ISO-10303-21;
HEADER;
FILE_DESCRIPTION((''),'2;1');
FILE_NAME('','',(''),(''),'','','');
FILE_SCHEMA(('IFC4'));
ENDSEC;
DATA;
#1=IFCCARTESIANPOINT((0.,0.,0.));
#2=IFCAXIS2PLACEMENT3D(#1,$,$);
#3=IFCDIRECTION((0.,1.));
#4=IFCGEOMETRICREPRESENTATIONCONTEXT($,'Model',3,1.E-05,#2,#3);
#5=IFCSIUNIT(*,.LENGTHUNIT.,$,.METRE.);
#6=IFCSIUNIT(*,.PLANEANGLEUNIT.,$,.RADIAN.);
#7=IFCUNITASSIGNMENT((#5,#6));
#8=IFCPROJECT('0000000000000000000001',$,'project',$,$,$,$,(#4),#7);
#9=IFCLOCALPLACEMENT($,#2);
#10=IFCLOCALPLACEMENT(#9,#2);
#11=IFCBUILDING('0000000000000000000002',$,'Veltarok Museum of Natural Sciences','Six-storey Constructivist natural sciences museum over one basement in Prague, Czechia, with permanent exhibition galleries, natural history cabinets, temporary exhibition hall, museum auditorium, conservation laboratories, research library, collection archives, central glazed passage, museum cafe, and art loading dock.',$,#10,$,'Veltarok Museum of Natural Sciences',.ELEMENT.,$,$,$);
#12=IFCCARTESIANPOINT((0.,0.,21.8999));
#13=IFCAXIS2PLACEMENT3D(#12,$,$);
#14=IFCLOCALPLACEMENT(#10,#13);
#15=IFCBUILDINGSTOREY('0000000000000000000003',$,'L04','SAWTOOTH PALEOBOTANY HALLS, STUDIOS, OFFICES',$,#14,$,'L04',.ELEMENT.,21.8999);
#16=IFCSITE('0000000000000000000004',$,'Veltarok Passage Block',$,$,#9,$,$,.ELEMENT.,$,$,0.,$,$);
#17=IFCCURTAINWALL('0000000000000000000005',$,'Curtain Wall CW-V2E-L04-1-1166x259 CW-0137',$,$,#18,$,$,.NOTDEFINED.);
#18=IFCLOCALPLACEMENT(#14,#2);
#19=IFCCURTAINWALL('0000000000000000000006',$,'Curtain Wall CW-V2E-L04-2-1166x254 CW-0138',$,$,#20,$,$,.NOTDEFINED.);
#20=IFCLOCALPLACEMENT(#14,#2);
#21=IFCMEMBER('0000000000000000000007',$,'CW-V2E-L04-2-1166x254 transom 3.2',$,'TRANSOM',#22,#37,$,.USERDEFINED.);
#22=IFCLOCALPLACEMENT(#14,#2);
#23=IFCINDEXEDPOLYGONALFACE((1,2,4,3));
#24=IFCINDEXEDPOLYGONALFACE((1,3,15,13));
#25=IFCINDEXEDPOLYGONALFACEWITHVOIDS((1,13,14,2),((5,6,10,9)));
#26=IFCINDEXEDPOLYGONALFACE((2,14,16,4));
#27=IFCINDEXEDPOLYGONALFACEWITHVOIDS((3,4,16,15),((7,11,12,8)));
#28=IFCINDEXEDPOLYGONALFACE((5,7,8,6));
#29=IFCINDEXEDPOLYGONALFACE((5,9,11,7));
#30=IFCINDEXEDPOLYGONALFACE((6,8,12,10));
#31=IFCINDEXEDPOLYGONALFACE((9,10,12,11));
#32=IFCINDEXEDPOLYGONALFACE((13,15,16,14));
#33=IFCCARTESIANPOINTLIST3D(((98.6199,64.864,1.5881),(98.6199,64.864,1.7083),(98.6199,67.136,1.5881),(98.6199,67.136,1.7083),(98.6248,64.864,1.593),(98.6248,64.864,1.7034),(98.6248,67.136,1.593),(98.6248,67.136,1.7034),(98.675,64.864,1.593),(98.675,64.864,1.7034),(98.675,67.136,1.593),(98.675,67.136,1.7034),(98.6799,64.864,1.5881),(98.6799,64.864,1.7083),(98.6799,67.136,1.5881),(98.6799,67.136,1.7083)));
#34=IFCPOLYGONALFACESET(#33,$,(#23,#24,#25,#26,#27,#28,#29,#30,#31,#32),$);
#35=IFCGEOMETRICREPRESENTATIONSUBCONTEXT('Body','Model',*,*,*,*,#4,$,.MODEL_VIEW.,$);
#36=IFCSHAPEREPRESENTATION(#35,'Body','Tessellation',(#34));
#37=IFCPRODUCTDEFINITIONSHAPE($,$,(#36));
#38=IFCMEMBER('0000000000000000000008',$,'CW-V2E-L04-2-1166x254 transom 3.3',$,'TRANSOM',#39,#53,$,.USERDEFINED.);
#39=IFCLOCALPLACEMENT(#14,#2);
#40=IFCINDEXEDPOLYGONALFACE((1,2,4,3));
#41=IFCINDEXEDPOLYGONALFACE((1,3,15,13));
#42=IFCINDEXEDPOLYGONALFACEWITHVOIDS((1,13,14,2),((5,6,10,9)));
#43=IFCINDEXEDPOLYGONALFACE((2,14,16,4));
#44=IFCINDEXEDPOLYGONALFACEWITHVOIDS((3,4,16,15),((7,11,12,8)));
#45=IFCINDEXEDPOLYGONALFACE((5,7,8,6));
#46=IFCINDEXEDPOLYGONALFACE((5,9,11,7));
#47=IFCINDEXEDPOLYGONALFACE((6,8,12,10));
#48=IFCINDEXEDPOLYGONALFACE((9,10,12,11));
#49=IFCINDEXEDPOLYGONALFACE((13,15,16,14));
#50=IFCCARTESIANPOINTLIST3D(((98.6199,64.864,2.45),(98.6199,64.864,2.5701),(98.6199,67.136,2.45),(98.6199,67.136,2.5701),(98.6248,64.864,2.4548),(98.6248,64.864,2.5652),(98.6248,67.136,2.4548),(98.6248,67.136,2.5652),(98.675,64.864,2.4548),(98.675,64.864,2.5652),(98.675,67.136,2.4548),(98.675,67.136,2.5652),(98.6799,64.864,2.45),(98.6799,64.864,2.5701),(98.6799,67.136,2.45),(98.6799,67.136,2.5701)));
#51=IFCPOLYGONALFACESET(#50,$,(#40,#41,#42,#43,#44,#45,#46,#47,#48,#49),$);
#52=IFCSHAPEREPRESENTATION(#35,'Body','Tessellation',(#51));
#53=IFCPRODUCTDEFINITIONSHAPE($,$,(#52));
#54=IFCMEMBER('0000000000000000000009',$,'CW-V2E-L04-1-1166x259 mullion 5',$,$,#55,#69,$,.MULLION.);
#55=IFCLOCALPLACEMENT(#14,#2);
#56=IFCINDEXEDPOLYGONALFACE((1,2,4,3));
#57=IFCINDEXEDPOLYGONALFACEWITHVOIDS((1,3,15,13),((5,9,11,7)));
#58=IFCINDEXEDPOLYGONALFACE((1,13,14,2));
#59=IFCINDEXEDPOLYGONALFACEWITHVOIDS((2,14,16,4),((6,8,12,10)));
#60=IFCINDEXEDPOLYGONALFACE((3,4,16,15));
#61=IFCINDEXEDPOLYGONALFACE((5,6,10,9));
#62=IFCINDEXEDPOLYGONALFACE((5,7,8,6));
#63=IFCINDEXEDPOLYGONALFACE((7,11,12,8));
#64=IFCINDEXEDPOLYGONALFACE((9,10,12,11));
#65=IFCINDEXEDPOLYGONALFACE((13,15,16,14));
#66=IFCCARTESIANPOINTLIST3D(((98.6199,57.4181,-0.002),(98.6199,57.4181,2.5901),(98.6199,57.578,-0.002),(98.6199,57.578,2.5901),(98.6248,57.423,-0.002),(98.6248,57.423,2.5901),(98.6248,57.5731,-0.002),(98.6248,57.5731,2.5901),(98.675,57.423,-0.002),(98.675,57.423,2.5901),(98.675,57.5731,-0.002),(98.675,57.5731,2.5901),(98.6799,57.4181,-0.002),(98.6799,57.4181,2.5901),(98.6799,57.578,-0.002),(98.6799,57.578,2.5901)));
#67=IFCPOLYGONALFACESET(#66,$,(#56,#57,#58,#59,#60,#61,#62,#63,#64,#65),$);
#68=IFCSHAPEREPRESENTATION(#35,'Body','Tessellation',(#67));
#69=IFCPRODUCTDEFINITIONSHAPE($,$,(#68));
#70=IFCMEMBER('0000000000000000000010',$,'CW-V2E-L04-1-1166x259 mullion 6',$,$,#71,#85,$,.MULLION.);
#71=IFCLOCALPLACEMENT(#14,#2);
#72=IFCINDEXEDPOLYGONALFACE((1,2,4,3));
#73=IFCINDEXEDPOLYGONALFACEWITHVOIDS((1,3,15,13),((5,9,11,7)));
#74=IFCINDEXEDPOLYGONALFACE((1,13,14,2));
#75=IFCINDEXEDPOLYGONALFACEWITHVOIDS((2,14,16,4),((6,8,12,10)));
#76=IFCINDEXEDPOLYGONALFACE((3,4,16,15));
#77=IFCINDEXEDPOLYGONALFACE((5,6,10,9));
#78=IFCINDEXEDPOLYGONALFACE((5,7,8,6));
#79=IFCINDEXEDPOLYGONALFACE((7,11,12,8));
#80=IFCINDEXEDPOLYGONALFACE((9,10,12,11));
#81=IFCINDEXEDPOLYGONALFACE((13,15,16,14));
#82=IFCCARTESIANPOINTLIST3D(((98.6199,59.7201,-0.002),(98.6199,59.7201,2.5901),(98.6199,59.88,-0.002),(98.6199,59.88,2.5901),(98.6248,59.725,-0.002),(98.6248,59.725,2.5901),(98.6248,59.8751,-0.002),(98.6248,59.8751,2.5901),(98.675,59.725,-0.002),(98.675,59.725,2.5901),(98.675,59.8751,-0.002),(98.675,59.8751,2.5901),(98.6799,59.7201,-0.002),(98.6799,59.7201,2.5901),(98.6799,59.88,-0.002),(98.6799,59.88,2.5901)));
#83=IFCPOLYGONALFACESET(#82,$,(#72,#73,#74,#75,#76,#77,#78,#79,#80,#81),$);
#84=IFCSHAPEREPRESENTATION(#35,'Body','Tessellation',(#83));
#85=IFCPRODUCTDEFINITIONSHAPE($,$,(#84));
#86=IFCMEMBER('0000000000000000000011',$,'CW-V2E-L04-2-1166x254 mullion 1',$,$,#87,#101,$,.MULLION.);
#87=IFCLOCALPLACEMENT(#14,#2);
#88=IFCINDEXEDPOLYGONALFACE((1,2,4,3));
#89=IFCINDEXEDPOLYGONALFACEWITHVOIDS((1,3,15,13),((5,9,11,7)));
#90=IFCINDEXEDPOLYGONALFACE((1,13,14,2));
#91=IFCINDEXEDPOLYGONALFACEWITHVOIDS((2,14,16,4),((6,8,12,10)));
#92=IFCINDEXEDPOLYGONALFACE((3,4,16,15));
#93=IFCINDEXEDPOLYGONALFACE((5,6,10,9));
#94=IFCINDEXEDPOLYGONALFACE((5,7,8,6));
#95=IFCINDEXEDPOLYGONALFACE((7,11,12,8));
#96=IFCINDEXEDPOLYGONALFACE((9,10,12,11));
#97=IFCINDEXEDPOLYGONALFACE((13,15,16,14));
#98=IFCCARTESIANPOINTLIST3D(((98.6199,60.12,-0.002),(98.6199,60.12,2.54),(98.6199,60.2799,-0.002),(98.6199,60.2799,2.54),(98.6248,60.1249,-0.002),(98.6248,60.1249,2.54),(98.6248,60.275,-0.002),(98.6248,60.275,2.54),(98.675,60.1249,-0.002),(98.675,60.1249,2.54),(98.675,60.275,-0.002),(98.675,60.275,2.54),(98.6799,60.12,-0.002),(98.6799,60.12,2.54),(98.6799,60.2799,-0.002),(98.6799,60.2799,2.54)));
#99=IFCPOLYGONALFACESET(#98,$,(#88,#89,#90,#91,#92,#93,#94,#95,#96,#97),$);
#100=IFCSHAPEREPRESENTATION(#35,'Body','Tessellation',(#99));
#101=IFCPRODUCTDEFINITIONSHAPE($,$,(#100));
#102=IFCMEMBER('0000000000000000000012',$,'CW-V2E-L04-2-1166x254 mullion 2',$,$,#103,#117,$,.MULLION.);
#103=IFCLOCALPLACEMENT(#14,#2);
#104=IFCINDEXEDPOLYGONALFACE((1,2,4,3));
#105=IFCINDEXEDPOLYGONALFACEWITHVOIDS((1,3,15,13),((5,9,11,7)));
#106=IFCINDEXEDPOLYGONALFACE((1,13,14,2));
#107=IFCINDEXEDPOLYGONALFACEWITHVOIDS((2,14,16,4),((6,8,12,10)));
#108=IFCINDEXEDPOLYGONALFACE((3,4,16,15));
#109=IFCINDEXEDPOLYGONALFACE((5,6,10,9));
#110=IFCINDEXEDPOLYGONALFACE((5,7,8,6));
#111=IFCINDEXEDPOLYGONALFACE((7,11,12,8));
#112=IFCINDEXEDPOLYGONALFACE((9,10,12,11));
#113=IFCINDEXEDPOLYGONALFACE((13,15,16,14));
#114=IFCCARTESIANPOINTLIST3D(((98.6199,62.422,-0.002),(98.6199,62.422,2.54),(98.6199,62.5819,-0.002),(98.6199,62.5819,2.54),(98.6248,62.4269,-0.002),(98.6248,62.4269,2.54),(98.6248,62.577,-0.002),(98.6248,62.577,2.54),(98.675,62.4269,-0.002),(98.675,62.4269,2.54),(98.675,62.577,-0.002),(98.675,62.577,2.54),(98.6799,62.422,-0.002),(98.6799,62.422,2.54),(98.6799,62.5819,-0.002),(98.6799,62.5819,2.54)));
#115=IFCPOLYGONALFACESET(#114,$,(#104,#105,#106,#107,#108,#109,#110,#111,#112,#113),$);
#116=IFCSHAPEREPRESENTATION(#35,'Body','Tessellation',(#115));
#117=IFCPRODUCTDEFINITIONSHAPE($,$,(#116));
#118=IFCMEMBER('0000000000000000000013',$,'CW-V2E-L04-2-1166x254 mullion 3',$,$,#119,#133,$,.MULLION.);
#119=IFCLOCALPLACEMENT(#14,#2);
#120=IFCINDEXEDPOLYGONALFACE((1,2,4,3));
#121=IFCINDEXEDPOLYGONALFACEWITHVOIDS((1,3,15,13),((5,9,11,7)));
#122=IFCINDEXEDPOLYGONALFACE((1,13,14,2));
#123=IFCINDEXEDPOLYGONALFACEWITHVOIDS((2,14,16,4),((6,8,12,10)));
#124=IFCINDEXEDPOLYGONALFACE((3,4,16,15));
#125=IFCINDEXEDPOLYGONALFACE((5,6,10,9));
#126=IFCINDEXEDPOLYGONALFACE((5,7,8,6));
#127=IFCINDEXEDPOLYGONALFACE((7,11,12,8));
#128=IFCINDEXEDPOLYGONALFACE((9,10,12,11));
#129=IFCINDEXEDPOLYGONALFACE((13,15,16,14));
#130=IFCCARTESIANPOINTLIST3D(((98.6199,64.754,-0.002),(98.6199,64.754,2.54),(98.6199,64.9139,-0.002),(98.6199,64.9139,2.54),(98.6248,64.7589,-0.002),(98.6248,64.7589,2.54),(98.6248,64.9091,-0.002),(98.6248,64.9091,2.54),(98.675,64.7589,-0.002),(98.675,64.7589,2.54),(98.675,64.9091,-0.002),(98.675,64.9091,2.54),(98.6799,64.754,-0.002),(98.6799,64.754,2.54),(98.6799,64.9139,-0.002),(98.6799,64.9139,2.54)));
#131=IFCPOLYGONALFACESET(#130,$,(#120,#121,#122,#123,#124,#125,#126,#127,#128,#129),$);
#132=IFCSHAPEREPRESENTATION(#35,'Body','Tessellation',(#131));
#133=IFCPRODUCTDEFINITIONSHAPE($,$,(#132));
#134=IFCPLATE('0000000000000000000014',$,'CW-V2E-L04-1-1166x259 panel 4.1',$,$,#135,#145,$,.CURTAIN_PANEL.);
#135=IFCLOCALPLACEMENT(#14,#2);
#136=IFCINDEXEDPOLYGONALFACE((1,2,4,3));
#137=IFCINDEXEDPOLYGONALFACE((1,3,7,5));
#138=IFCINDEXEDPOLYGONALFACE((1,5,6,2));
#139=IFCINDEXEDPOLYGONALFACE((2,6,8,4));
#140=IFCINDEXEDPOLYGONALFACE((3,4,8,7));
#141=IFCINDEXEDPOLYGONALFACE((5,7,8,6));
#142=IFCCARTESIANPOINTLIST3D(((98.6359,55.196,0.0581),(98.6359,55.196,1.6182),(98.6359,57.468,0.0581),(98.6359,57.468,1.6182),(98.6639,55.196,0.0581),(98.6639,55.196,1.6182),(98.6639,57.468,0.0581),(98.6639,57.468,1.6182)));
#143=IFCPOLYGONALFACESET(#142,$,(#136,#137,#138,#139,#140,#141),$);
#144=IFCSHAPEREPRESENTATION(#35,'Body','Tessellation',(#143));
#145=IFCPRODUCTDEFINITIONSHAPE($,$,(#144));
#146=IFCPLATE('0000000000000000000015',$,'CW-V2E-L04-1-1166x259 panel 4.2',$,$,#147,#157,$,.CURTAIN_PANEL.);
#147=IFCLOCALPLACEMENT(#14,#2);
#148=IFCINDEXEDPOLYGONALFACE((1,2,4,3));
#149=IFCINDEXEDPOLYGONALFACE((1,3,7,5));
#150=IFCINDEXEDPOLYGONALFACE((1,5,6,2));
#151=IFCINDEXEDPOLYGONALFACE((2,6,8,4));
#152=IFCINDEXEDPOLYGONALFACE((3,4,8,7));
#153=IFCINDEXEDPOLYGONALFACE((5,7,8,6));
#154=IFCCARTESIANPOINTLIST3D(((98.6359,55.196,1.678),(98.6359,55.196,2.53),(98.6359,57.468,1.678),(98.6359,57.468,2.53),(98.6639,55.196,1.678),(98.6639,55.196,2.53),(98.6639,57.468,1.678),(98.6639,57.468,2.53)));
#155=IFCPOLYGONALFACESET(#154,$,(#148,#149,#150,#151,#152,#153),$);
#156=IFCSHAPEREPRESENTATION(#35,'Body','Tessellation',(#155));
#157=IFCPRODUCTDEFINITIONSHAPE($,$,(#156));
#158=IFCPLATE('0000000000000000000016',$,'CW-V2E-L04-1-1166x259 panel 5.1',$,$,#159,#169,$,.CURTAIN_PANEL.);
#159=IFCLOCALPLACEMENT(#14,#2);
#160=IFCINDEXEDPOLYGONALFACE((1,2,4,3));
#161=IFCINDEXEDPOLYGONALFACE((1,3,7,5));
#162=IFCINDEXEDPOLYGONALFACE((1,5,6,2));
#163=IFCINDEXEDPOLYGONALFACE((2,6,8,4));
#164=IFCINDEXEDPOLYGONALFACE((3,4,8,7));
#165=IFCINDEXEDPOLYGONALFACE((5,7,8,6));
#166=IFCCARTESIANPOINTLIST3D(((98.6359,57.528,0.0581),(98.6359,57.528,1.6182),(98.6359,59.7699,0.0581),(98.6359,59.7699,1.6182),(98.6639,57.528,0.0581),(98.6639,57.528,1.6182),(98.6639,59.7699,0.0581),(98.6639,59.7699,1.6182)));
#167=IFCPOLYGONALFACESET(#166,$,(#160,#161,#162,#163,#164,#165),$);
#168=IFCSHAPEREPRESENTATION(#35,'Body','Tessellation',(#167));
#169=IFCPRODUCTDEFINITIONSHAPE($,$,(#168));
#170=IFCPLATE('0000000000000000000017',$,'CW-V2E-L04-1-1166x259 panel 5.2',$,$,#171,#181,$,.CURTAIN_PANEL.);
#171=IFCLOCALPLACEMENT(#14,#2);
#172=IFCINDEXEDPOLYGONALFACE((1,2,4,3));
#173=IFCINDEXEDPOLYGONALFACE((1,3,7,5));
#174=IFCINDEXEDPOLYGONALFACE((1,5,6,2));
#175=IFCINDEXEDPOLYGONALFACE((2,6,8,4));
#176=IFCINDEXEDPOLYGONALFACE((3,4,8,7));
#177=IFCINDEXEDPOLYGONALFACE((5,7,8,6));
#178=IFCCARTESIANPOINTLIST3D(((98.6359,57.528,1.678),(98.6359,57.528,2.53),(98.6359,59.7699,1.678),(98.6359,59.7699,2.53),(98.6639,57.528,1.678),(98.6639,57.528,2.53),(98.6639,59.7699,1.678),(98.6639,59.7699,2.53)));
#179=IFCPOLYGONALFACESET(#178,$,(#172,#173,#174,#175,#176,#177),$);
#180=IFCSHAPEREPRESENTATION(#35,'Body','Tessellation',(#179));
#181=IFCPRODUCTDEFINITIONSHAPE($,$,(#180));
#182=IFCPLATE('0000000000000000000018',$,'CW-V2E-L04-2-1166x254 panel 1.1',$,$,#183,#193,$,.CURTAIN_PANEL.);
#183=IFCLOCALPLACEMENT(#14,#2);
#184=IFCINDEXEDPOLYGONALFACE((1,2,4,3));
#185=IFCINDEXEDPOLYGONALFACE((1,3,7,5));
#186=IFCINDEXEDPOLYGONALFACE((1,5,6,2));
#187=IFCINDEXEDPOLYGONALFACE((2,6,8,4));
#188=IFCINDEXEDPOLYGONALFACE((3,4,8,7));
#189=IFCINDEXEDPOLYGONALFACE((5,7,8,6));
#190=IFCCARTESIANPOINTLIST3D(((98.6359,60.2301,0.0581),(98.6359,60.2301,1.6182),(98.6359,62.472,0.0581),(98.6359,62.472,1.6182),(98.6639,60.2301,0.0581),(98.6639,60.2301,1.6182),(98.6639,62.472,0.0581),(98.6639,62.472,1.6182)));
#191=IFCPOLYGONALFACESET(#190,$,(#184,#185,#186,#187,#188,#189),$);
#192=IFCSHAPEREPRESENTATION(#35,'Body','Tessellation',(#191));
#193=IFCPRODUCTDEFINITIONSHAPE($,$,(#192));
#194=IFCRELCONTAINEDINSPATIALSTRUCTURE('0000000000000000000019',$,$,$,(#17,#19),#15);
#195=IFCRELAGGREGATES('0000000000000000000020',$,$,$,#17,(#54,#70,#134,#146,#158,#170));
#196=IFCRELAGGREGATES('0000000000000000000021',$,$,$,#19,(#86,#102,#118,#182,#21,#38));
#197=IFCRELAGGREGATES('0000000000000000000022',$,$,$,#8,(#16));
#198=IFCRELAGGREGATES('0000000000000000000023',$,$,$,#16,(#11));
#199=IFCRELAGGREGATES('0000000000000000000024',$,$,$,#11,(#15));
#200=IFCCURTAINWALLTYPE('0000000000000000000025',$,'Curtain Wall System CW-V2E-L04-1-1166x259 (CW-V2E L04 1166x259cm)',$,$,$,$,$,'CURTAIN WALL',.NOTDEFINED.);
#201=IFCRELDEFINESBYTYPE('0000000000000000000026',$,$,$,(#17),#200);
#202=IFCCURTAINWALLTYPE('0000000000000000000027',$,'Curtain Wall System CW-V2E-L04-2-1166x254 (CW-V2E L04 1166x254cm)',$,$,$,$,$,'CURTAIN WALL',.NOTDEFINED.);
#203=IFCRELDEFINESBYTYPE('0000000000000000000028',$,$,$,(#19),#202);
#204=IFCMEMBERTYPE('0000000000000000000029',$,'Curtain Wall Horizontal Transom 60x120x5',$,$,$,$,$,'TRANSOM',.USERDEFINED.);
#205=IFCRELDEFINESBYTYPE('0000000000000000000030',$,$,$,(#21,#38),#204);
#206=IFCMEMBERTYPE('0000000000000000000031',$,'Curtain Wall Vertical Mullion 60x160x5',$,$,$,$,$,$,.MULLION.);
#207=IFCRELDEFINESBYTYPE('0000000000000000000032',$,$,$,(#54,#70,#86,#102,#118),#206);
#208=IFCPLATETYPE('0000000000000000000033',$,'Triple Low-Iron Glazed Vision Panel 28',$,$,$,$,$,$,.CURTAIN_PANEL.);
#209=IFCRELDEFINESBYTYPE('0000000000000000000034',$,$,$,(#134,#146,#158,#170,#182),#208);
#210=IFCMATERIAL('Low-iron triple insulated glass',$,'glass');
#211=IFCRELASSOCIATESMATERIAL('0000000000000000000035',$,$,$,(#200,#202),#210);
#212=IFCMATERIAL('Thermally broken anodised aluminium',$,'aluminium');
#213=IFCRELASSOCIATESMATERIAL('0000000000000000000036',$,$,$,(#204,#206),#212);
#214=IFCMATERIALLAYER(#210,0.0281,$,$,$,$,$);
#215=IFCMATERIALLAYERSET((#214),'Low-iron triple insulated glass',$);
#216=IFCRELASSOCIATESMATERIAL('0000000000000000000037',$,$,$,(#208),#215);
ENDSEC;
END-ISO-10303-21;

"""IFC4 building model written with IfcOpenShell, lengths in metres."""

from ifc_helpers import new_model, si_unit, direction, frame, origin, origin_2d, place, context, subcontext, project, spatial, rectangle, hollow_rectangle, extrude, material, layer, layer_set, material_profile, profile_set, type_object, element, aggregate, save


model = new_model("IFC4")

# Units and contexts
model_context = context("Model", 3, precision=1e-05, world=origin(), true_north=direction((0.0, 1.0)))
body_context = subcontext(model_context, "Body", "Model", "MODEL_VIEW")
ifc_project = project(units=[si_unit("LENGTHUNIT", "METRE"), si_unit("PLANEANGLEUNIT", "RADIAN")], contexts=[model_context])

# Site, building, storey
site_placement = place(None, origin())
site = spatial("IfcSite", under=ifc_project, at=site_placement, Name="Veltarok Passage Block", CompositionType="ELEMENT", RefElevation=0.0)
building_placement = place(site_placement, origin())
building = spatial("IfcBuilding", under=site, at=building_placement, Name="Veltarok Museum of Natural Sciences", Description="Six-storey Constructivist natural sciences museum over one basement in Prague, Czechia, with permanent exhibition galleries, natural history cabinets, temporary exhibition hall, museum auditorium, conservation laboratories, research library, collection archives, central glazed passage, museum cafe, and art loading dock.", LongName="Veltarok Museum of Natural Sciences", CompositionType="ELEMENT")
storey_placement = place(building_placement, frame((0.0, 0.0, 21.8999)))
storey = spatial("IfcBuildingStorey", under=building, at=storey_placement, Name="L04", Description="SAWTOOTH PALEOBOTANY HALLS, STUDIOS, OFFICES", LongName="L04", CompositionType="ELEMENT", Elevation=21.8999)

# Curtain walls, members
ifc_material_1 = material(Name="Low-iron triple insulated glass", Category="glass")
curtain_wall_type_1 = type_object("IfcCurtainWallType", Name="Curtain Wall System CW-V2E-L04-1-1166x259 (CW-V2E L04 1166x259cm)", ElementType="CURTAIN WALL", PredefinedType="NOTDEFINED", material=ifc_material_1)
curtain_wall_1_placement = place(storey_placement, origin())
curtain_wall_1 = element("IfcCurtainWall", 1, at=curtain_wall_1_placement, inside=storey, type_object=curtain_wall_type_1, Name="Curtain Wall CW-V2E-L04-1-1166x259 CW-0137", PredefinedType="NOTDEFINED")
ifc_material_2 = material(Name="Thermally broken anodised aluminium", Category="aluminium")
ifc_material_profile_1 = material_profile(ifc_material_2, hollow_rectangle(XDim=0.0601, YDim=0.1201, WallThickness=0.0049, at=origin_2d()), Name="CW TRANSOM 60x120x5")
ifc_profile_set_1 = profile_set([ifc_material_profile_1], Name="Thermally broken anodised aluminium")
member_type_1 = type_object("IfcMemberType", Name="Curtain Wall Horizontal Transom 60x120x5", ElementType="TRANSOM", PredefinedType="USERDEFINED", material=ifc_profile_set_1)
curtain_wall_type_2 = type_object("IfcCurtainWallType", Name="Curtain Wall System CW-V2E-L04-2-1166x254 (CW-V2E L04 1166x254cm)", ElementType="CURTAIN WALL", PredefinedType="NOTDEFINED", material=ifc_material_1)
curtain_wall_2_placement = place(storey_placement, origin())
curtain_wall_2 = element("IfcCurtainWall", 2, at=curtain_wall_2_placement, inside=storey, type_object=curtain_wall_type_2, Name="Curtain Wall CW-V2E-L04-2-1166x254 CW-0138", PredefinedType="NOTDEFINED")
member_1_placement = place(storey_placement, frame((98.6499, 64.864, 1.6482), z_axis=(0.0, 1.0, 0.0), x_axis=(-1.0, 0.0, 0.0)))
member_1 = element("IfcMember", 3, at=member_1_placement, type_object=member_type_1, Name="CW-V2E-L04-2-1166x254 transom 3.2", ObjectType="TRANSOM", PredefinedType="USERDEFINED", context=body_context, shape_type="SweptSolid", body=[
    extrude(hollow_rectangle(XDim=0.0601, YDim=0.1201, WallThickness=0.0049, at=origin_2d()), origin(), (0.0, 0.0, 1.0), 2.272),
])
member_2_placement = place(storey_placement, frame((98.6499, 64.864, 2.51), z_axis=(0.0, 1.0, 0.0), x_axis=(-1.0, 0.0, 0.0)))
member_2 = element("IfcMember", 4, at=member_2_placement, type_object=member_type_1, Name="CW-V2E-L04-2-1166x254 transom 3.3", ObjectType="TRANSOM", PredefinedType="USERDEFINED", context=body_context, shape_type="SweptSolid", body=[
    extrude(hollow_rectangle(XDim=0.0601, YDim=0.1201, WallThickness=0.0049, at=origin_2d()), origin(), (0.0, 0.0, 1.0), 2.272),
])

# Members
ifc_material_profile_2 = material_profile(ifc_material_2, hollow_rectangle(XDim=0.0601, YDim=0.1599, WallThickness=0.0049, at=origin_2d()), Name="CW MULLION 60x160x5")
ifc_profile_set_2 = profile_set([ifc_material_profile_2], Name="Thermally broken anodised aluminium")
member_type_2 = type_object("IfcMemberType", Name="Curtain Wall Vertical Mullion 60x160x5", PredefinedType="MULLION", material=ifc_profile_set_2)
member_3_placement = place(storey_placement, frame((98.6499, 57.498, -0.002), z_axis=(0.0, 0.0, 1.0), x_axis=(-1.0, 0.0, 0.0)))
member_3 = element("IfcMember", 5, at=member_3_placement, type_object=member_type_2, Name="CW-V2E-L04-1-1166x259 mullion 5", PredefinedType="MULLION", context=body_context, shape_type="SweptSolid", body=[
    extrude(hollow_rectangle(XDim=0.0601, YDim=0.1599, WallThickness=0.0049, at=origin_2d()), origin(), (0.0, 0.0, 1.0), 2.592),
])
member_4_placement = place(storey_placement, frame((98.6499, 59.8, -0.002), z_axis=(0.0, 0.0, 1.0), x_axis=(-1.0, 0.0, 0.0)))
member_4 = element("IfcMember", 6, at=member_4_placement, type_object=member_type_2, Name="CW-V2E-L04-1-1166x259 mullion 6", PredefinedType="MULLION", context=body_context, shape_type="SweptSolid", body=[
    extrude(hollow_rectangle(XDim=0.0601, YDim=0.1599, WallThickness=0.0049, at=origin_2d()), origin(), (0.0, 0.0, 1.0), 2.592),
])
member_5_placement = place(storey_placement, frame((98.6499, 60.2, -0.002), z_axis=(0.0, 0.0, 1.0), x_axis=(-1.0, 0.0, 0.0)))
member_5 = element("IfcMember", 7, at=member_5_placement, type_object=member_type_2, Name="CW-V2E-L04-2-1166x254 mullion 1", PredefinedType="MULLION", context=body_context, shape_type="SweptSolid", body=[
    extrude(hollow_rectangle(XDim=0.0601, YDim=0.1599, WallThickness=0.0049, at=origin_2d()), origin(), (0.0, 0.0, 1.0), 2.542),
])
member_6_placement = place(storey_placement, frame((98.6499, 62.502, -0.002), z_axis=(0.0, 0.0, 1.0), x_axis=(-1.0, 0.0, 0.0)))
member_6 = element("IfcMember", 8, at=member_6_placement, type_object=member_type_2, Name="CW-V2E-L04-2-1166x254 mullion 2", PredefinedType="MULLION", context=body_context, shape_type="SweptSolid", body=[
    extrude(hollow_rectangle(XDim=0.0601, YDim=0.1599, WallThickness=0.0049, at=origin_2d()), origin(), (0.0, 0.0, 1.0), 2.542),
])
member_7_placement = place(storey_placement, frame((98.6499, 64.834, -0.002), z_axis=(0.0, 0.0, 1.0), x_axis=(-1.0, 0.0, 0.0)))
member_7 = element("IfcMember", 9, at=member_7_placement, type_object=member_type_2, Name="CW-V2E-L04-2-1166x254 mullion 3", PredefinedType="MULLION", context=body_context, shape_type="SweptSolid", body=[
    extrude(hollow_rectangle(XDim=0.0601, YDim=0.1599, WallThickness=0.0049, at=origin_2d()), origin(), (0.0, 0.0, 1.0), 2.542),
])

# Plates
ifc_layer = layer(ifc_material_1, 0.0281)
ifc_layer_set = layer_set([ifc_layer], Name="Low-iron triple insulated glass")
plate_type = type_object("IfcPlateType", Name="Triple Low-Iron Glazed Vision Panel 28", PredefinedType="CURTAIN_PANEL", material=ifc_layer_set)
plate_1_placement = place(storey_placement, frame((98.6499, 56.332, 0.0581), z_axis=(0.0, 0.0, 1.0), x_axis=(0.0, 1.0, 0.0)))
plate_1 = element("IfcPlate", 10, at=plate_1_placement, type_object=plate_type, Name="CW-V2E-L04-1-1166x259 panel 4.1", PredefinedType="CURTAIN_PANEL", context=body_context, shape_type="SweptSolid", body=[
    extrude(rectangle(XDim=2.272, YDim=0.0281, at=origin_2d()), origin(), (0.0, 0.0, 1.0), 1.5601),
])
plate_2_placement = place(storey_placement, frame((98.6499, 56.332, 1.678), z_axis=(0.0, 0.0, 1.0), x_axis=(0.0, 1.0, 0.0)))
plate_2 = element("IfcPlate", 11, at=plate_2_placement, type_object=plate_type, Name="CW-V2E-L04-1-1166x259 panel 4.2", PredefinedType="CURTAIN_PANEL", context=body_context, shape_type="SweptSolid", body=[
    extrude(rectangle(XDim=2.272, YDim=0.0281, at=origin_2d()), origin(), (0.0, 0.0, 1.0), 0.8521),
])
plate_3_placement = place(storey_placement, frame((98.6499, 58.6489, 0.0581), z_axis=(0.0, 0.0, 1.0), x_axis=(0.0, 1.0, 0.0)))
plate_3 = element("IfcPlate", 12, at=plate_3_placement, type_object=plate_type, Name="CW-V2E-L04-1-1166x259 panel 5.1", PredefinedType="CURTAIN_PANEL", context=body_context, shape_type="SweptSolid", body=[
    extrude(rectangle(XDim=2.2419, YDim=0.0281, at=origin_2d()), origin(), (0.0, 0.0, 1.0), 1.5601),
])
plate_4_placement = place(storey_placement, frame((98.6499, 58.6489, 1.678), z_axis=(0.0, 0.0, 1.0), x_axis=(0.0, 1.0, 0.0)))
plate_4 = element("IfcPlate", 13, at=plate_4_placement, type_object=plate_type, Name="CW-V2E-L04-1-1166x259 panel 5.2", PredefinedType="CURTAIN_PANEL", context=body_context, shape_type="SweptSolid", body=[
    extrude(rectangle(XDim=2.2419, YDim=0.0281, at=origin_2d()), origin(), (0.0, 0.0, 1.0), 0.8521),
])
aggregate(curtain_wall_1, [member_3, member_4, plate_1, plate_2, plate_3, plate_4])
plate_5_placement = place(storey_placement, frame((98.6499, 61.3511, 0.0581), z_axis=(0.0, 0.0, 1.0), x_axis=(0.0, 1.0, 0.0)))
plate_5 = element("IfcPlate", 14, at=plate_5_placement, type_object=plate_type, Name="CW-V2E-L04-2-1166x254 panel 1.1", PredefinedType="CURTAIN_PANEL", context=body_context, shape_type="SweptSolid", body=[
    extrude(rectangle(XDim=2.2419, YDim=0.0281, at=origin_2d()), origin(), (0.0, 0.0, 1.0), 1.5601),
])
aggregate(curtain_wall_2, [member_5, member_6, member_7, plate_5, member_1, member_2])

save(model, "model.ifc")
